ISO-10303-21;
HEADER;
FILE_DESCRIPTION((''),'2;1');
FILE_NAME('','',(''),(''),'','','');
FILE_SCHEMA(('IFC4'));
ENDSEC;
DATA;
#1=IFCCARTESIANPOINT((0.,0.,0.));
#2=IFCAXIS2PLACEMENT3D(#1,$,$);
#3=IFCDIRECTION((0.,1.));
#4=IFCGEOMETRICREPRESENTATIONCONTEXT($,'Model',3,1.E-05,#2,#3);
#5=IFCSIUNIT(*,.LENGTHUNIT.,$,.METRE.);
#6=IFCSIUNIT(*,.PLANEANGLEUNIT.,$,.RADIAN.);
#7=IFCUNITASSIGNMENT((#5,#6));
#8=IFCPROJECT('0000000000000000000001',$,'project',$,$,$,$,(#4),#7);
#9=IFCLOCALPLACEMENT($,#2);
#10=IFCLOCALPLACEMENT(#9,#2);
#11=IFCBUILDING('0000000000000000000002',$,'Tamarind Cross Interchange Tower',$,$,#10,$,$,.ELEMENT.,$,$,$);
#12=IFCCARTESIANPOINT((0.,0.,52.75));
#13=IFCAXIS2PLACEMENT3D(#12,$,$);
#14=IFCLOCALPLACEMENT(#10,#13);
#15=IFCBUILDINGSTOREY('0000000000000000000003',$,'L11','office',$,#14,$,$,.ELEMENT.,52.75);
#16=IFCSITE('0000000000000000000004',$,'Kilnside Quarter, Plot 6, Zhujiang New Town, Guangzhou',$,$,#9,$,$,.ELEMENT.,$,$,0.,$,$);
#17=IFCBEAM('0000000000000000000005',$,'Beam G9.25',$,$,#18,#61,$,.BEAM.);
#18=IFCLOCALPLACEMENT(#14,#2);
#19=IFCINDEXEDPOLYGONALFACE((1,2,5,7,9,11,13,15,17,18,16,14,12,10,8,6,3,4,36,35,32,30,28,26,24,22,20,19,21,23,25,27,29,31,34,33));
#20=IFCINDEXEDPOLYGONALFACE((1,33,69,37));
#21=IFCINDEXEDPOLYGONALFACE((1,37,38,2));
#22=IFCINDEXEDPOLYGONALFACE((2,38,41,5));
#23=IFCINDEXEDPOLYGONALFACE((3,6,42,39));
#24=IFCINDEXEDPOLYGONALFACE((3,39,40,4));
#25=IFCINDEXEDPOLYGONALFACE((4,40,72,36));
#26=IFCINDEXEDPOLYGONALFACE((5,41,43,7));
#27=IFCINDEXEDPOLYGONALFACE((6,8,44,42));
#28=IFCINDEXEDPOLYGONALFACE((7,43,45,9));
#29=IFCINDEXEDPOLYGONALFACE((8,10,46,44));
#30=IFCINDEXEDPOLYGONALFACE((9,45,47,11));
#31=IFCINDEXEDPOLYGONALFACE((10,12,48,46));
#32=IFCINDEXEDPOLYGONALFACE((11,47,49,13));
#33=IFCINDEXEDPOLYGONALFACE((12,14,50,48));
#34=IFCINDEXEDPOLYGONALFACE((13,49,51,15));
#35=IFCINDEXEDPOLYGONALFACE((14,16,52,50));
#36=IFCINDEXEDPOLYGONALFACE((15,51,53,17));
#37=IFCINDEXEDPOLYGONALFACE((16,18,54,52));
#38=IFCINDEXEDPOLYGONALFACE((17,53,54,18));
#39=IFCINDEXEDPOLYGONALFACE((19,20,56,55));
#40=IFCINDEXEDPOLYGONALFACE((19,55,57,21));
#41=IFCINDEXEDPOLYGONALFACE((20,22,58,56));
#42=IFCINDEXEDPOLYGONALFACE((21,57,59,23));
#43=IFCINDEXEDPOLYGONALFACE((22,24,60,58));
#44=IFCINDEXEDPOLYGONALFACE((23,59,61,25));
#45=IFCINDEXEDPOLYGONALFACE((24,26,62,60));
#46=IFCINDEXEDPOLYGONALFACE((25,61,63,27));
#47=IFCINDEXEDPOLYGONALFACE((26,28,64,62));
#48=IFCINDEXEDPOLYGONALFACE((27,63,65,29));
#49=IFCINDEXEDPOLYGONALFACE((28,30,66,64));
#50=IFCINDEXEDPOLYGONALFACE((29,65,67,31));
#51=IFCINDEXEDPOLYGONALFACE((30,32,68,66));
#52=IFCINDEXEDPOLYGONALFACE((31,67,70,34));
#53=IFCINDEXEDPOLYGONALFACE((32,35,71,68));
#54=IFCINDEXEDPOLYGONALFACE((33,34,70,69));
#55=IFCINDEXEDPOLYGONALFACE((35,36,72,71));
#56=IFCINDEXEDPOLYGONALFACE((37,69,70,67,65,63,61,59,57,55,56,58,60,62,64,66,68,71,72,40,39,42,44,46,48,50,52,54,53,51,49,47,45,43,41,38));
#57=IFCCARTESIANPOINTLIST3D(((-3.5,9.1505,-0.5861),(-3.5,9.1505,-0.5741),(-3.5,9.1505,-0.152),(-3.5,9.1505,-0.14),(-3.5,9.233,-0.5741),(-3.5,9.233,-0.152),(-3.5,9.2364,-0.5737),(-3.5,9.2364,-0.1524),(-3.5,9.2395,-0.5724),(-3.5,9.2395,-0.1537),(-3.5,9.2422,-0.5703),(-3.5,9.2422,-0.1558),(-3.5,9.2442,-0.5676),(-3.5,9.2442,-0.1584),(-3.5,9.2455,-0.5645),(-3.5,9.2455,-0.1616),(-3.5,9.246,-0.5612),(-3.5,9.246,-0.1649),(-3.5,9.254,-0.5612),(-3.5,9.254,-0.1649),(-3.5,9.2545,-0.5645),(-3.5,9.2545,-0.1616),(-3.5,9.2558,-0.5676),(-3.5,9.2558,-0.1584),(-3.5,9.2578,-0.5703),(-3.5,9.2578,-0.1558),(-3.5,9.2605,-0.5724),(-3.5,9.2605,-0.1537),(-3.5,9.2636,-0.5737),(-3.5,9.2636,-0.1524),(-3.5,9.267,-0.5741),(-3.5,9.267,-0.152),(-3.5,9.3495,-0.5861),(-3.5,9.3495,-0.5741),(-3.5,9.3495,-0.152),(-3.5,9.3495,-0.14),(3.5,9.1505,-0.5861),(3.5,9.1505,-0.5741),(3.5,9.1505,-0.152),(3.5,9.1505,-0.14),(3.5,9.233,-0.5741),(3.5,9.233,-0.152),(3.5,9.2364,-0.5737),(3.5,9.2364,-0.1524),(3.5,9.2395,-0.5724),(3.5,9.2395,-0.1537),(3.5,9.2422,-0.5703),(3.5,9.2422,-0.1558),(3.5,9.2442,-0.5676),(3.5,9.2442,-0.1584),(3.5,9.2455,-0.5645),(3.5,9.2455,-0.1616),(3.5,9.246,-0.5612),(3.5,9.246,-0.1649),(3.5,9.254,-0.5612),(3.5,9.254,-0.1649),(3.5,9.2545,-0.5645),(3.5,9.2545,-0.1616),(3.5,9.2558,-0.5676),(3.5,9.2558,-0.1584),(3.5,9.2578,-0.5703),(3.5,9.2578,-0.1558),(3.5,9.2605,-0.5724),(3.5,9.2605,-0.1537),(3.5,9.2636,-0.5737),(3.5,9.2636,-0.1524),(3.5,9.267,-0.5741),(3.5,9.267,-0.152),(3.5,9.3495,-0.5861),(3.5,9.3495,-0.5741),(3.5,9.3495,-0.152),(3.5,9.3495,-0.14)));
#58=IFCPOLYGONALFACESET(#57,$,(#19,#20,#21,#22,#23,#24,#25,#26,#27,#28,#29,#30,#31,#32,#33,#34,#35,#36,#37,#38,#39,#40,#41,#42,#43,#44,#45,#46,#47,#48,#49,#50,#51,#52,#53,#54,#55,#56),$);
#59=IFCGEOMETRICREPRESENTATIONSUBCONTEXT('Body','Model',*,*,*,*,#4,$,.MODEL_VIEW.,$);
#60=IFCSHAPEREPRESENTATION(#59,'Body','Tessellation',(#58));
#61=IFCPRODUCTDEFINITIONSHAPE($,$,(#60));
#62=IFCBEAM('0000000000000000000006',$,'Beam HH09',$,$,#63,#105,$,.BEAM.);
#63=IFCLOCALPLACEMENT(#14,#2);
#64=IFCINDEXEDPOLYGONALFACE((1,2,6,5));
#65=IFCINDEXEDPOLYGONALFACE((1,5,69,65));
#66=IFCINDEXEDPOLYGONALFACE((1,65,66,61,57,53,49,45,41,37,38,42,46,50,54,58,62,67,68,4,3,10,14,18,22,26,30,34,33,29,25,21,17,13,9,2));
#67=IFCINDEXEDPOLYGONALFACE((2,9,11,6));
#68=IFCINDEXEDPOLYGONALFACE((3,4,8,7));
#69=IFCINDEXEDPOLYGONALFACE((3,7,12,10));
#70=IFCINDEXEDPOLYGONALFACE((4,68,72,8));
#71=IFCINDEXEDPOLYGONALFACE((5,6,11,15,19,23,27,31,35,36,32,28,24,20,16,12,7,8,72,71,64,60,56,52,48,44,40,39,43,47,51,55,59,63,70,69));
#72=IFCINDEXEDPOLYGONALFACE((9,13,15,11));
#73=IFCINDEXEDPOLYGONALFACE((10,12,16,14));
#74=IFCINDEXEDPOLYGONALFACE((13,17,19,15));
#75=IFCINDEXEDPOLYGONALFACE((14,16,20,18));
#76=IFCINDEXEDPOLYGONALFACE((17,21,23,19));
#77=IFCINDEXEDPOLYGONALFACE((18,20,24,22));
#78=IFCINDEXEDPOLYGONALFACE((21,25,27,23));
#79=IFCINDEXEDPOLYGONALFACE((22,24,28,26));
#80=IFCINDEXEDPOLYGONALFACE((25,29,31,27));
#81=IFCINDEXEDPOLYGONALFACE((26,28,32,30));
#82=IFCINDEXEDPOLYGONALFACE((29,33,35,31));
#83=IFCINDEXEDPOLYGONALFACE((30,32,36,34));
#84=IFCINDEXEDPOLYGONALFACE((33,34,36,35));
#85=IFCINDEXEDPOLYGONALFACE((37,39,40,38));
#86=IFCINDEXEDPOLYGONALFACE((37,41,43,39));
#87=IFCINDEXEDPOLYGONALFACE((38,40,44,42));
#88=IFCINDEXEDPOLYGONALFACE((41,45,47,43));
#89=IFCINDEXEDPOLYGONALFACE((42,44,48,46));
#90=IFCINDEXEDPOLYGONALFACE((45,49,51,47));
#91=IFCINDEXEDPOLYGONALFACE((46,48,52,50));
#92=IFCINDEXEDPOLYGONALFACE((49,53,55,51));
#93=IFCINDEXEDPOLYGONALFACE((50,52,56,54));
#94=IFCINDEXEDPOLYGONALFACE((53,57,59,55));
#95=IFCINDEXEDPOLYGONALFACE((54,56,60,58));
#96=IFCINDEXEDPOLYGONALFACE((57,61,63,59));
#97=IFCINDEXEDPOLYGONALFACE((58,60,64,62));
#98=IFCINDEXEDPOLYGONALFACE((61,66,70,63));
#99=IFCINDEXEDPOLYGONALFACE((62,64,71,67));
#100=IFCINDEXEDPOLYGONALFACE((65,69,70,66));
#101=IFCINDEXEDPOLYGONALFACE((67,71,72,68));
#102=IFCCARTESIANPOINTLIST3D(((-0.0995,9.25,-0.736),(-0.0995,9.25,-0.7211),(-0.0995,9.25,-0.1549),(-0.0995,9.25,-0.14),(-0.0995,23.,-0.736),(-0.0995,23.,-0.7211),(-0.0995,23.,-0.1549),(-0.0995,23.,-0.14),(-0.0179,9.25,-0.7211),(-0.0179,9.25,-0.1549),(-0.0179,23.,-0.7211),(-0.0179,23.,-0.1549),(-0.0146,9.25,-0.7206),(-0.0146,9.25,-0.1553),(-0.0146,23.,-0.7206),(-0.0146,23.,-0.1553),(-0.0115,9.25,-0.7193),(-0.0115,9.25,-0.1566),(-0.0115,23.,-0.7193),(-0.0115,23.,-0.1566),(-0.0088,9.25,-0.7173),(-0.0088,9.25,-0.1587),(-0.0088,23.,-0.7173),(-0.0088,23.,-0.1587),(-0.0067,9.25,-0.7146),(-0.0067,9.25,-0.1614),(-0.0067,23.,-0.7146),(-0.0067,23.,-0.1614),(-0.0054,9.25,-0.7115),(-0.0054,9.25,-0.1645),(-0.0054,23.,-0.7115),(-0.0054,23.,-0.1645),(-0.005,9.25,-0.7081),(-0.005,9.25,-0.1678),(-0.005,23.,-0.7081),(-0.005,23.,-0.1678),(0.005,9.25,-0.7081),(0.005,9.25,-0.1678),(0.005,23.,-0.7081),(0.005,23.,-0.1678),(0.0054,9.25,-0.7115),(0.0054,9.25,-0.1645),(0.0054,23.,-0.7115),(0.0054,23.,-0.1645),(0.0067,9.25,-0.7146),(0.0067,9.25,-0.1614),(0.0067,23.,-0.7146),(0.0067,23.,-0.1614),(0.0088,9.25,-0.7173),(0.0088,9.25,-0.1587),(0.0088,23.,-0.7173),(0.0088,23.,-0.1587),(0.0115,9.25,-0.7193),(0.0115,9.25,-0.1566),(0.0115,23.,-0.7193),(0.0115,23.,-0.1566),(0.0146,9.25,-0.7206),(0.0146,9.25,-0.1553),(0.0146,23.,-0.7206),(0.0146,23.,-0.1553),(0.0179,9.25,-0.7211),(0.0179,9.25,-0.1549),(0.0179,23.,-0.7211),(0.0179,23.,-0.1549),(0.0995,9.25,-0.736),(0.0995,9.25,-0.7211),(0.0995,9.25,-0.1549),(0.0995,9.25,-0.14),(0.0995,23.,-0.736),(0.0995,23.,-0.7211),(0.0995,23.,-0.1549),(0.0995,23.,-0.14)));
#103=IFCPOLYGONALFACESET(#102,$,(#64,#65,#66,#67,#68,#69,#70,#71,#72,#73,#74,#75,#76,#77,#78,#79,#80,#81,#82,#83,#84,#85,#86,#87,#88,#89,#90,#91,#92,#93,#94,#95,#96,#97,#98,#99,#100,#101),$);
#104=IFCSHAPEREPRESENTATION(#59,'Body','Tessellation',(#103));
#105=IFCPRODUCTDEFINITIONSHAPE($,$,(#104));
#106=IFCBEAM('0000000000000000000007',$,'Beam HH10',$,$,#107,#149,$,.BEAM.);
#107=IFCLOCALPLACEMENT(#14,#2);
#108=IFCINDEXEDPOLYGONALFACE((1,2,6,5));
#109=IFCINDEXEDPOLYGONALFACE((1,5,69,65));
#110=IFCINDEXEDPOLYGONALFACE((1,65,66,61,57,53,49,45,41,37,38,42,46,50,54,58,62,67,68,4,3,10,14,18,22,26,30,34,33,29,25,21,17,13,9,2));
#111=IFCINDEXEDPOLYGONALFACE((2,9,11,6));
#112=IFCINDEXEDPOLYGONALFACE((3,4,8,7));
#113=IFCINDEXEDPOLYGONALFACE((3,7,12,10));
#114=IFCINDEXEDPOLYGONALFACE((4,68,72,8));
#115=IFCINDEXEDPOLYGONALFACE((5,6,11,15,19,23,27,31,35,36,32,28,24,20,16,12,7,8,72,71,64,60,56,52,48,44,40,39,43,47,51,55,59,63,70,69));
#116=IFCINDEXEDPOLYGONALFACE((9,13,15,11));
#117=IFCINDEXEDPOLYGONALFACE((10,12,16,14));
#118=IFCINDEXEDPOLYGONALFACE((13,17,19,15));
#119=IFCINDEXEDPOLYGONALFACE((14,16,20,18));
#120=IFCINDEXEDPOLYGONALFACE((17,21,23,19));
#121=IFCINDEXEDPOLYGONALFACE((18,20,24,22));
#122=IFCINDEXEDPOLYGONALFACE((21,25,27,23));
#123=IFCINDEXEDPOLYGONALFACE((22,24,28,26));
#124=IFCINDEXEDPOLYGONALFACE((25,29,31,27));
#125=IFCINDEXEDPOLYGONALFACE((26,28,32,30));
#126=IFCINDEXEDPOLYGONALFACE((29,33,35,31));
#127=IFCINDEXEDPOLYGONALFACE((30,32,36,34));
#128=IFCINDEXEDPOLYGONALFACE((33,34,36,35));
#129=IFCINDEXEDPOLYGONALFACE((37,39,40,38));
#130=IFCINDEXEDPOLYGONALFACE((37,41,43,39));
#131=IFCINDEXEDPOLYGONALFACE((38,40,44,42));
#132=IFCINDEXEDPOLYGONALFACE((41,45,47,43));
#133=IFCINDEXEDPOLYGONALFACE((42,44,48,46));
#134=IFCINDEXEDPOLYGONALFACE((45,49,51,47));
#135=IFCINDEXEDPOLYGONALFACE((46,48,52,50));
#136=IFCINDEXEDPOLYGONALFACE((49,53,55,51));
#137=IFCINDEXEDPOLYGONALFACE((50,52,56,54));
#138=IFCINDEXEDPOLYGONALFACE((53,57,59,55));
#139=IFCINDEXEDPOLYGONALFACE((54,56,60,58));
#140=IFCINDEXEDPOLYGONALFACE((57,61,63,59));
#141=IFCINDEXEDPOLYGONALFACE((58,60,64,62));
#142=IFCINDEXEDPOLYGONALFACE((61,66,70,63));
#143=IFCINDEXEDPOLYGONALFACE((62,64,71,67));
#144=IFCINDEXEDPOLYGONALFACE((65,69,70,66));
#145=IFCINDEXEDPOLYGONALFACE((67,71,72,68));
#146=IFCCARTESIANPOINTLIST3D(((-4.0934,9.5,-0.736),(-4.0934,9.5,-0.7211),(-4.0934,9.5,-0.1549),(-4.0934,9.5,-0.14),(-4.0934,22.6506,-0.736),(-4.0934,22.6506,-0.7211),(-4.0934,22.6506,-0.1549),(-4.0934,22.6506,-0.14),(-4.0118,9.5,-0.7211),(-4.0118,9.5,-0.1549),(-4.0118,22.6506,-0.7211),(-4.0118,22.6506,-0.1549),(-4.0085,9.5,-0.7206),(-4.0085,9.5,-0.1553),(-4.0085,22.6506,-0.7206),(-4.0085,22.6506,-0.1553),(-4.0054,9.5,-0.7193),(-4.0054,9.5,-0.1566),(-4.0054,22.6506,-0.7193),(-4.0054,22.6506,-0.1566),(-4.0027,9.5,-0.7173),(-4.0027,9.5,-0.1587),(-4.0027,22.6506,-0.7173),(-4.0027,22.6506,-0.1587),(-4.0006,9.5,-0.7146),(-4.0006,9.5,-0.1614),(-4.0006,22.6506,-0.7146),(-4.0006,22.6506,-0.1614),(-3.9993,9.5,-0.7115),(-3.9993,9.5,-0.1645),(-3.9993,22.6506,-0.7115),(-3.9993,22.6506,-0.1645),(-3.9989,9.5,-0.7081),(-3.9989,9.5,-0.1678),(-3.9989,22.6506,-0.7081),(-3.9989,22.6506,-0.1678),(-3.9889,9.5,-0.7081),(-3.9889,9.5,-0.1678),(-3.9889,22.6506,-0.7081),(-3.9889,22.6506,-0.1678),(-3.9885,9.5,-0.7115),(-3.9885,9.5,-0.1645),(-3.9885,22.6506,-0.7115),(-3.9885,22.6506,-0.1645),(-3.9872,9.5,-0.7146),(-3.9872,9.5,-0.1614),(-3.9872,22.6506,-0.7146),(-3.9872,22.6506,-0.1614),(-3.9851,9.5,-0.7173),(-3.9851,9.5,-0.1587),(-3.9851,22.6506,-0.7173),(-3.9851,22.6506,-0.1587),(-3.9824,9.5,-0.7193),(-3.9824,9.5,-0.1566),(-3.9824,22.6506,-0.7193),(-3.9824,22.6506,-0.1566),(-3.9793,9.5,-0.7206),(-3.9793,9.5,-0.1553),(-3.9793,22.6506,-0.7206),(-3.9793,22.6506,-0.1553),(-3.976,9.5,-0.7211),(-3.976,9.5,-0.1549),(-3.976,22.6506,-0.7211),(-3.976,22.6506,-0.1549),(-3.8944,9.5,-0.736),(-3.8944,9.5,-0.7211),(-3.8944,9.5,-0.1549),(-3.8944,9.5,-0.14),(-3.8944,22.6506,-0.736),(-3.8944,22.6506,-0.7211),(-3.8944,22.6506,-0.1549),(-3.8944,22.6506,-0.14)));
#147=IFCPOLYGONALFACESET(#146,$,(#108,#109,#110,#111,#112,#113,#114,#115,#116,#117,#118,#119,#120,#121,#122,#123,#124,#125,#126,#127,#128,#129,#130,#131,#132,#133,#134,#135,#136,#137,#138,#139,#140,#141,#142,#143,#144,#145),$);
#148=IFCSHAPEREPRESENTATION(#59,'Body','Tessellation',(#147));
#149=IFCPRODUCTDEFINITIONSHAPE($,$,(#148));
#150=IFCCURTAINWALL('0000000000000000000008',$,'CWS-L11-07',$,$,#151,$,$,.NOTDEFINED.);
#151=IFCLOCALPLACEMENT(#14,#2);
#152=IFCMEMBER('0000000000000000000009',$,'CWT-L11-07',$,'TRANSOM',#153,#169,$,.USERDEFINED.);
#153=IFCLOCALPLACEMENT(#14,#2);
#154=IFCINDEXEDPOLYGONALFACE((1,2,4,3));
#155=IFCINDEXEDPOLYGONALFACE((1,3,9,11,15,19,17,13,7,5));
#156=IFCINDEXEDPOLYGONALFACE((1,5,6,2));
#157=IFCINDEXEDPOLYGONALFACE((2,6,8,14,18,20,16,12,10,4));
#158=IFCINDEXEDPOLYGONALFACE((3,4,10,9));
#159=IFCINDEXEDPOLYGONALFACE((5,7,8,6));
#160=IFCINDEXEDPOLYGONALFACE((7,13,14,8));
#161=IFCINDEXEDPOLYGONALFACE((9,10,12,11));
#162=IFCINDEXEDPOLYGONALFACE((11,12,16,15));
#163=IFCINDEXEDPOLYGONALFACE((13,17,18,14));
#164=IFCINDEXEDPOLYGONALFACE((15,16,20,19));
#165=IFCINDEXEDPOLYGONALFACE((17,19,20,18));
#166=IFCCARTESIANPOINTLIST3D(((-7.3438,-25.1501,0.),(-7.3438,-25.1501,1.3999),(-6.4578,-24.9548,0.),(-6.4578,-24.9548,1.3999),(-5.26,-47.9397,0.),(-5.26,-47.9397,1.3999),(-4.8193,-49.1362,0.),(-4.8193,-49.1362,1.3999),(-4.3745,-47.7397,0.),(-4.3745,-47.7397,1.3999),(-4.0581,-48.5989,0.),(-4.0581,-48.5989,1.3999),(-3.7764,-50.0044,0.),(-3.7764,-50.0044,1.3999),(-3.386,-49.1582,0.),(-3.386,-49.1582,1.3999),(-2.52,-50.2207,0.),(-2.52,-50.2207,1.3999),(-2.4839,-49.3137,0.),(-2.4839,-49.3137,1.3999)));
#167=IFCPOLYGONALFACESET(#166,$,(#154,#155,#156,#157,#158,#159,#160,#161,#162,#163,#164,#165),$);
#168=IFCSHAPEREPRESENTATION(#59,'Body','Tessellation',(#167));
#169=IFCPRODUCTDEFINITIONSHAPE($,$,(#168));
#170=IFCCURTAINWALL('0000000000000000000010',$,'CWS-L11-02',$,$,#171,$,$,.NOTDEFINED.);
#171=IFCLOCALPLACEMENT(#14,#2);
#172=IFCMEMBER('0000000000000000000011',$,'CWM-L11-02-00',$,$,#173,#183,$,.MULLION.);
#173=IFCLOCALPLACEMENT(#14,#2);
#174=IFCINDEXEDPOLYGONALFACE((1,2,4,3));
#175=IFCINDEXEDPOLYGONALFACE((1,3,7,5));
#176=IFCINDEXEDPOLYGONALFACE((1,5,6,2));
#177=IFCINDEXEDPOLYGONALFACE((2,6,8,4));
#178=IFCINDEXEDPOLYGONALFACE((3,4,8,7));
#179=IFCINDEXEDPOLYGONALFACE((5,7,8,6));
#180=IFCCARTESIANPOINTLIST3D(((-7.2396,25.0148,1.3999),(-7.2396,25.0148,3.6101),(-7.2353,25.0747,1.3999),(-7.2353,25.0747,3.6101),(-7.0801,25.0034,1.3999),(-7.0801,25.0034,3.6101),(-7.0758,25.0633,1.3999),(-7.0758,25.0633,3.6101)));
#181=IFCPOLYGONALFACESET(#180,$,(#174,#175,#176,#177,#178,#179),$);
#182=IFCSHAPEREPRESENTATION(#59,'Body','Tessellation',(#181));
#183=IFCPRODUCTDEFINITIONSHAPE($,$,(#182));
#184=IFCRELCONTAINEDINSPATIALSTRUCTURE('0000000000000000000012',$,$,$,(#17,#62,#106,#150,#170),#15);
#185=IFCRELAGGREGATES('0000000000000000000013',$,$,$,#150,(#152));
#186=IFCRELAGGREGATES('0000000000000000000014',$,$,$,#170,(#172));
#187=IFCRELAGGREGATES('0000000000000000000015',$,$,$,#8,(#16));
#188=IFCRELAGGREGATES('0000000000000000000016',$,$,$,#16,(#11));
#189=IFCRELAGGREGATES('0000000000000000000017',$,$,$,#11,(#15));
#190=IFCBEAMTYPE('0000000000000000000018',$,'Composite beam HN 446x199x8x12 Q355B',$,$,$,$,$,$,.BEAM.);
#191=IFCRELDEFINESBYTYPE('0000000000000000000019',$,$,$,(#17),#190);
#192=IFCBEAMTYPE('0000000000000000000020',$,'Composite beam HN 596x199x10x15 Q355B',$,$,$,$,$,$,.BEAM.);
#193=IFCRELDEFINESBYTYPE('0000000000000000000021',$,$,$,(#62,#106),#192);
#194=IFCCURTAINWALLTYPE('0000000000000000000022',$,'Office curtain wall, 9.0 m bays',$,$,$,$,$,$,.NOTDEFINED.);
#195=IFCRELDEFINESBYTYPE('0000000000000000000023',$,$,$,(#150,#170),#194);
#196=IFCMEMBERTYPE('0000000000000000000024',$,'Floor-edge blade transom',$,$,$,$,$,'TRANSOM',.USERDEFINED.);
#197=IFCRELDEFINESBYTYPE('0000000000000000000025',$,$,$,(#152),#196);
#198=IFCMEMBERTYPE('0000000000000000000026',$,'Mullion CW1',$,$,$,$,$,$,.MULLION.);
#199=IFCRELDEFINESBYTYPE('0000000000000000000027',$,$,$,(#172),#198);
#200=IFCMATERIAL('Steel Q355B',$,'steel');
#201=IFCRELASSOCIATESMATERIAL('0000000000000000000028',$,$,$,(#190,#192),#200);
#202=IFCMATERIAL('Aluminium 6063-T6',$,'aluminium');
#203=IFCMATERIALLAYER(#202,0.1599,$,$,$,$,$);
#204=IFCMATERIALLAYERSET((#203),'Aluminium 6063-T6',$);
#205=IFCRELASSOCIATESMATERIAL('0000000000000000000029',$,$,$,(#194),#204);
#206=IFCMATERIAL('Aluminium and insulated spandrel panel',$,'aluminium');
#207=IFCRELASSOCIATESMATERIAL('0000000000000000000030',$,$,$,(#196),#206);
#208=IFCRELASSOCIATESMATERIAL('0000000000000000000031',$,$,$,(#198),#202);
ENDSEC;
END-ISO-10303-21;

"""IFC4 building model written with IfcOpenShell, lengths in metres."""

from ifc_helpers import new_model, si_unit, direction, frame, origin, origin_2d, place, context, subcontext, project, spatial, polyline, rectangle, i_section, outline, extrude, material, layer, layer_set, material_profile, profile_set, type_object, element, aggregate, save


model = new_model("IFC4")

# Units and contexts
model_context = context("Model", 3, precision=1e-05, world=origin(), true_north=direction((0.0, 1.0)))
body_context = subcontext(model_context, "Body", "Model", "MODEL_VIEW")
ifc_project = project(units=[si_unit("LENGTHUNIT", "METRE"), si_unit("PLANEANGLEUNIT", "RADIAN")], contexts=[model_context])

# Site, building, storey
site_placement = place(None, origin())
site = spatial("IfcSite", under=ifc_project, at=site_placement, Name="Kilnside Quarter, Plot 6, Zhujiang New Town, Guangzhou", CompositionType="ELEMENT", RefElevation=0.0)
building_placement = place(site_placement, origin())
building = spatial("IfcBuilding", under=site, at=building_placement, Name="Tamarind Cross Interchange Tower", CompositionType="ELEMENT")
storey_placement = place(building_placement, frame((0.0, 0.0, 52.75)))
storey = spatial("IfcBuildingStorey", under=building, at=storey_placement, Name="L11", Description="office", CompositionType="ELEMENT", Elevation=52.75)

# Beams
ifc_material_1 = material(Name="Steel Q355B", Category="steel")
ifc_material_profile_1 = material_profile(ifc_material_1, i_section(OverallWidth=0.199, OverallDepth=0.446, WebThickness=0.0081, FlangeThickness=0.012, FilletRadius=0.0129, at=origin_2d()), Name="HN 446x199x8x12")
ifc_profile_set_1 = profile_set([ifc_material_profile_1], Name="Steel Q355B")
beam_type_1 = type_object("IfcBeamType", Name="Composite beam HN 446x199x8x12 Q355B", PredefinedType="BEAM", material=ifc_profile_set_1)
for number, where, z_axis, x_axis, name in (
    (1, (-3.5, 9.25, -0.363), (1.0, 0.0, 0.0), (0.0, 1.0, 0.0), "Beam G9.25"),
):
    element("IfcBeam", number, at=place(storey_placement, frame(where, z_axis=z_axis, x_axis=x_axis)), inside=storey, type_object=beam_type_1, Name=name, PredefinedType="BEAM", context=body_context, shape_type="SweptSolid", body=[
        extrude(i_section(OverallWidth=0.199, OverallDepth=0.446, WebThickness=0.0081, FlangeThickness=0.012, FilletRadius=0.0129, at=origin_2d()), origin(), (0.0, 0.0, 1.0), 7.0),
    ])
ifc_material_profile_2 = material_profile(ifc_material_1, i_section(OverallWidth=0.199, OverallDepth=0.5959, WebThickness=0.01, FlangeThickness=0.0149, FilletRadius=0.0129, at=origin_2d()), Name="HN 596x199x10x15")
ifc_profile_set_2 = profile_set([ifc_material_profile_2], Name="Steel Q355B")
beam_type_2 = type_object("IfcBeamType", Name="Composite beam HN 596x199x10x15 Q355B", PredefinedType="BEAM", material=ifc_profile_set_2)
beam_1_placement = place(storey_placement, frame((0.0, 23.0, -0.438), z_axis=(0.0, -1.0, 0.0), x_axis=(1.0, 0.0, 0.0)))
element("IfcBeam", 2, at=beam_1_placement, inside=storey, type_object=beam_type_2, Name="Beam HH09", PredefinedType="BEAM", context=body_context, shape_type="SweptSolid", body=[
    extrude(i_section(OverallWidth=0.199, OverallDepth=0.5959, WebThickness=0.01, FlangeThickness=0.0149, FilletRadius=0.0129, at=origin_2d()), origin(), (0.0, 0.0, 1.0), 13.75),
])
beam_2_placement = place(storey_placement, frame((-3.9939, 22.6506, -0.438), z_axis=(0.0, -1.0, 0.0), x_axis=(1.0, 0.0, 0.0)))
element("IfcBeam", 3, at=beam_2_placement, inside=storey, type_object=beam_type_2, Name="Beam HH10", PredefinedType="BEAM", context=body_context, shape_type="SweptSolid", body=[
    extrude(i_section(OverallWidth=0.199, OverallDepth=0.5959, WebThickness=0.01, FlangeThickness=0.0149, FilletRadius=0.0129, at=origin_2d()), origin(), (0.0, 0.0, 1.0), 13.1506),
])

# Curtain walls, members
ifc_material_2 = material(Name="Aluminium 6063-T6", Category="aluminium")
ifc_layer_1 = layer(ifc_material_2, 0.1599)
ifc_layer_set_1 = layer_set([ifc_layer_1], Name="Aluminium 6063-T6")
curtain_wall_type = type_object("IfcCurtainWallType", Name="Office curtain wall, 9.0 m bays", PredefinedType="NOTDEFINED", material=ifc_layer_set_1)
curtain_wall_1_placement = place(storey_placement, origin())
curtain_wall_1 = element("IfcCurtainWall", 4, at=curtain_wall_1_placement, inside=storey, type_object=curtain_wall_type, Name="CWS-L11-07", PredefinedType="NOTDEFINED")
ifc_material_3 = material(Name="Aluminium and insulated spandrel panel", Category="aluminium")
member_type_1 = type_object("IfcMemberType", Name="Floor-edge blade transom", ElementType="TRANSOM", PredefinedType="USERDEFINED", material=ifc_material_3)
member_1_placement = place(storey_placement, origin())
member_1 = element("IfcMember", 5, at=member_1_placement, type_object=member_type_1, Name="CWT-L11-07", ObjectType="TRANSOM", PredefinedType="USERDEFINED", context=body_context, shape_type="SweptSolid", body=[
    extrude(outline(polyline([(-6.4578, -24.9548), (-4.3745, -47.7397), (-4.0581, -48.5989), (-3.386, -49.1582), (-2.4839, -49.3137), (-2.52, -50.2207), (-3.7764, -50.0044), (-4.8193, -49.1362), (-5.26, -47.9397), (-7.3438, -25.1501), (-6.4578, -24.9548)])), origin(), (0.0, 0.0, 1.0), 1.3999),
])
aggregate(curtain_wall_1, [member_1])
curtain_wall_2_placement = place(storey_placement, origin())
curtain_wall_2 = element("IfcCurtainWall", 6, at=curtain_wall_2_placement, inside=storey, type_object=curtain_wall_type, Name="CWS-L11-02", PredefinedType="NOTDEFINED")
ifc_material_profile_3 = material_profile(ifc_material_2, rectangle(XDim=0.0601, YDim=0.1599, at=origin_2d()), Name="Mullion CW1")
ifc_profile_set_3 = profile_set([ifc_material_profile_3], Name="Aluminium 6063-T6")
member_type_2 = type_object("IfcMemberType", Name="Mullion CW1", PredefinedType="MULLION", material=ifc_profile_set_3)
member_2_placement = place(storey_placement, frame((-7.1577, 25.0391, 1.3999), z_axis=(0.0, 0.0, 1.0), x_axis=(-0.071194, -0.997462, 0.0)))
member_2 = element("IfcMember", 7, at=member_2_placement, type_object=member_type_2, Name="CWM-L11-02-00", PredefinedType="MULLION", context=body_context, shape_type="SweptSolid", body=[
    extrude(rectangle(XDim=0.0601, YDim=0.1599, at=origin_2d()), origin(), (0.0, 0.0, 1.0), 2.2102),
])
aggregate(curtain_wall_2, [member_2])

save(model, "model.ifc")
